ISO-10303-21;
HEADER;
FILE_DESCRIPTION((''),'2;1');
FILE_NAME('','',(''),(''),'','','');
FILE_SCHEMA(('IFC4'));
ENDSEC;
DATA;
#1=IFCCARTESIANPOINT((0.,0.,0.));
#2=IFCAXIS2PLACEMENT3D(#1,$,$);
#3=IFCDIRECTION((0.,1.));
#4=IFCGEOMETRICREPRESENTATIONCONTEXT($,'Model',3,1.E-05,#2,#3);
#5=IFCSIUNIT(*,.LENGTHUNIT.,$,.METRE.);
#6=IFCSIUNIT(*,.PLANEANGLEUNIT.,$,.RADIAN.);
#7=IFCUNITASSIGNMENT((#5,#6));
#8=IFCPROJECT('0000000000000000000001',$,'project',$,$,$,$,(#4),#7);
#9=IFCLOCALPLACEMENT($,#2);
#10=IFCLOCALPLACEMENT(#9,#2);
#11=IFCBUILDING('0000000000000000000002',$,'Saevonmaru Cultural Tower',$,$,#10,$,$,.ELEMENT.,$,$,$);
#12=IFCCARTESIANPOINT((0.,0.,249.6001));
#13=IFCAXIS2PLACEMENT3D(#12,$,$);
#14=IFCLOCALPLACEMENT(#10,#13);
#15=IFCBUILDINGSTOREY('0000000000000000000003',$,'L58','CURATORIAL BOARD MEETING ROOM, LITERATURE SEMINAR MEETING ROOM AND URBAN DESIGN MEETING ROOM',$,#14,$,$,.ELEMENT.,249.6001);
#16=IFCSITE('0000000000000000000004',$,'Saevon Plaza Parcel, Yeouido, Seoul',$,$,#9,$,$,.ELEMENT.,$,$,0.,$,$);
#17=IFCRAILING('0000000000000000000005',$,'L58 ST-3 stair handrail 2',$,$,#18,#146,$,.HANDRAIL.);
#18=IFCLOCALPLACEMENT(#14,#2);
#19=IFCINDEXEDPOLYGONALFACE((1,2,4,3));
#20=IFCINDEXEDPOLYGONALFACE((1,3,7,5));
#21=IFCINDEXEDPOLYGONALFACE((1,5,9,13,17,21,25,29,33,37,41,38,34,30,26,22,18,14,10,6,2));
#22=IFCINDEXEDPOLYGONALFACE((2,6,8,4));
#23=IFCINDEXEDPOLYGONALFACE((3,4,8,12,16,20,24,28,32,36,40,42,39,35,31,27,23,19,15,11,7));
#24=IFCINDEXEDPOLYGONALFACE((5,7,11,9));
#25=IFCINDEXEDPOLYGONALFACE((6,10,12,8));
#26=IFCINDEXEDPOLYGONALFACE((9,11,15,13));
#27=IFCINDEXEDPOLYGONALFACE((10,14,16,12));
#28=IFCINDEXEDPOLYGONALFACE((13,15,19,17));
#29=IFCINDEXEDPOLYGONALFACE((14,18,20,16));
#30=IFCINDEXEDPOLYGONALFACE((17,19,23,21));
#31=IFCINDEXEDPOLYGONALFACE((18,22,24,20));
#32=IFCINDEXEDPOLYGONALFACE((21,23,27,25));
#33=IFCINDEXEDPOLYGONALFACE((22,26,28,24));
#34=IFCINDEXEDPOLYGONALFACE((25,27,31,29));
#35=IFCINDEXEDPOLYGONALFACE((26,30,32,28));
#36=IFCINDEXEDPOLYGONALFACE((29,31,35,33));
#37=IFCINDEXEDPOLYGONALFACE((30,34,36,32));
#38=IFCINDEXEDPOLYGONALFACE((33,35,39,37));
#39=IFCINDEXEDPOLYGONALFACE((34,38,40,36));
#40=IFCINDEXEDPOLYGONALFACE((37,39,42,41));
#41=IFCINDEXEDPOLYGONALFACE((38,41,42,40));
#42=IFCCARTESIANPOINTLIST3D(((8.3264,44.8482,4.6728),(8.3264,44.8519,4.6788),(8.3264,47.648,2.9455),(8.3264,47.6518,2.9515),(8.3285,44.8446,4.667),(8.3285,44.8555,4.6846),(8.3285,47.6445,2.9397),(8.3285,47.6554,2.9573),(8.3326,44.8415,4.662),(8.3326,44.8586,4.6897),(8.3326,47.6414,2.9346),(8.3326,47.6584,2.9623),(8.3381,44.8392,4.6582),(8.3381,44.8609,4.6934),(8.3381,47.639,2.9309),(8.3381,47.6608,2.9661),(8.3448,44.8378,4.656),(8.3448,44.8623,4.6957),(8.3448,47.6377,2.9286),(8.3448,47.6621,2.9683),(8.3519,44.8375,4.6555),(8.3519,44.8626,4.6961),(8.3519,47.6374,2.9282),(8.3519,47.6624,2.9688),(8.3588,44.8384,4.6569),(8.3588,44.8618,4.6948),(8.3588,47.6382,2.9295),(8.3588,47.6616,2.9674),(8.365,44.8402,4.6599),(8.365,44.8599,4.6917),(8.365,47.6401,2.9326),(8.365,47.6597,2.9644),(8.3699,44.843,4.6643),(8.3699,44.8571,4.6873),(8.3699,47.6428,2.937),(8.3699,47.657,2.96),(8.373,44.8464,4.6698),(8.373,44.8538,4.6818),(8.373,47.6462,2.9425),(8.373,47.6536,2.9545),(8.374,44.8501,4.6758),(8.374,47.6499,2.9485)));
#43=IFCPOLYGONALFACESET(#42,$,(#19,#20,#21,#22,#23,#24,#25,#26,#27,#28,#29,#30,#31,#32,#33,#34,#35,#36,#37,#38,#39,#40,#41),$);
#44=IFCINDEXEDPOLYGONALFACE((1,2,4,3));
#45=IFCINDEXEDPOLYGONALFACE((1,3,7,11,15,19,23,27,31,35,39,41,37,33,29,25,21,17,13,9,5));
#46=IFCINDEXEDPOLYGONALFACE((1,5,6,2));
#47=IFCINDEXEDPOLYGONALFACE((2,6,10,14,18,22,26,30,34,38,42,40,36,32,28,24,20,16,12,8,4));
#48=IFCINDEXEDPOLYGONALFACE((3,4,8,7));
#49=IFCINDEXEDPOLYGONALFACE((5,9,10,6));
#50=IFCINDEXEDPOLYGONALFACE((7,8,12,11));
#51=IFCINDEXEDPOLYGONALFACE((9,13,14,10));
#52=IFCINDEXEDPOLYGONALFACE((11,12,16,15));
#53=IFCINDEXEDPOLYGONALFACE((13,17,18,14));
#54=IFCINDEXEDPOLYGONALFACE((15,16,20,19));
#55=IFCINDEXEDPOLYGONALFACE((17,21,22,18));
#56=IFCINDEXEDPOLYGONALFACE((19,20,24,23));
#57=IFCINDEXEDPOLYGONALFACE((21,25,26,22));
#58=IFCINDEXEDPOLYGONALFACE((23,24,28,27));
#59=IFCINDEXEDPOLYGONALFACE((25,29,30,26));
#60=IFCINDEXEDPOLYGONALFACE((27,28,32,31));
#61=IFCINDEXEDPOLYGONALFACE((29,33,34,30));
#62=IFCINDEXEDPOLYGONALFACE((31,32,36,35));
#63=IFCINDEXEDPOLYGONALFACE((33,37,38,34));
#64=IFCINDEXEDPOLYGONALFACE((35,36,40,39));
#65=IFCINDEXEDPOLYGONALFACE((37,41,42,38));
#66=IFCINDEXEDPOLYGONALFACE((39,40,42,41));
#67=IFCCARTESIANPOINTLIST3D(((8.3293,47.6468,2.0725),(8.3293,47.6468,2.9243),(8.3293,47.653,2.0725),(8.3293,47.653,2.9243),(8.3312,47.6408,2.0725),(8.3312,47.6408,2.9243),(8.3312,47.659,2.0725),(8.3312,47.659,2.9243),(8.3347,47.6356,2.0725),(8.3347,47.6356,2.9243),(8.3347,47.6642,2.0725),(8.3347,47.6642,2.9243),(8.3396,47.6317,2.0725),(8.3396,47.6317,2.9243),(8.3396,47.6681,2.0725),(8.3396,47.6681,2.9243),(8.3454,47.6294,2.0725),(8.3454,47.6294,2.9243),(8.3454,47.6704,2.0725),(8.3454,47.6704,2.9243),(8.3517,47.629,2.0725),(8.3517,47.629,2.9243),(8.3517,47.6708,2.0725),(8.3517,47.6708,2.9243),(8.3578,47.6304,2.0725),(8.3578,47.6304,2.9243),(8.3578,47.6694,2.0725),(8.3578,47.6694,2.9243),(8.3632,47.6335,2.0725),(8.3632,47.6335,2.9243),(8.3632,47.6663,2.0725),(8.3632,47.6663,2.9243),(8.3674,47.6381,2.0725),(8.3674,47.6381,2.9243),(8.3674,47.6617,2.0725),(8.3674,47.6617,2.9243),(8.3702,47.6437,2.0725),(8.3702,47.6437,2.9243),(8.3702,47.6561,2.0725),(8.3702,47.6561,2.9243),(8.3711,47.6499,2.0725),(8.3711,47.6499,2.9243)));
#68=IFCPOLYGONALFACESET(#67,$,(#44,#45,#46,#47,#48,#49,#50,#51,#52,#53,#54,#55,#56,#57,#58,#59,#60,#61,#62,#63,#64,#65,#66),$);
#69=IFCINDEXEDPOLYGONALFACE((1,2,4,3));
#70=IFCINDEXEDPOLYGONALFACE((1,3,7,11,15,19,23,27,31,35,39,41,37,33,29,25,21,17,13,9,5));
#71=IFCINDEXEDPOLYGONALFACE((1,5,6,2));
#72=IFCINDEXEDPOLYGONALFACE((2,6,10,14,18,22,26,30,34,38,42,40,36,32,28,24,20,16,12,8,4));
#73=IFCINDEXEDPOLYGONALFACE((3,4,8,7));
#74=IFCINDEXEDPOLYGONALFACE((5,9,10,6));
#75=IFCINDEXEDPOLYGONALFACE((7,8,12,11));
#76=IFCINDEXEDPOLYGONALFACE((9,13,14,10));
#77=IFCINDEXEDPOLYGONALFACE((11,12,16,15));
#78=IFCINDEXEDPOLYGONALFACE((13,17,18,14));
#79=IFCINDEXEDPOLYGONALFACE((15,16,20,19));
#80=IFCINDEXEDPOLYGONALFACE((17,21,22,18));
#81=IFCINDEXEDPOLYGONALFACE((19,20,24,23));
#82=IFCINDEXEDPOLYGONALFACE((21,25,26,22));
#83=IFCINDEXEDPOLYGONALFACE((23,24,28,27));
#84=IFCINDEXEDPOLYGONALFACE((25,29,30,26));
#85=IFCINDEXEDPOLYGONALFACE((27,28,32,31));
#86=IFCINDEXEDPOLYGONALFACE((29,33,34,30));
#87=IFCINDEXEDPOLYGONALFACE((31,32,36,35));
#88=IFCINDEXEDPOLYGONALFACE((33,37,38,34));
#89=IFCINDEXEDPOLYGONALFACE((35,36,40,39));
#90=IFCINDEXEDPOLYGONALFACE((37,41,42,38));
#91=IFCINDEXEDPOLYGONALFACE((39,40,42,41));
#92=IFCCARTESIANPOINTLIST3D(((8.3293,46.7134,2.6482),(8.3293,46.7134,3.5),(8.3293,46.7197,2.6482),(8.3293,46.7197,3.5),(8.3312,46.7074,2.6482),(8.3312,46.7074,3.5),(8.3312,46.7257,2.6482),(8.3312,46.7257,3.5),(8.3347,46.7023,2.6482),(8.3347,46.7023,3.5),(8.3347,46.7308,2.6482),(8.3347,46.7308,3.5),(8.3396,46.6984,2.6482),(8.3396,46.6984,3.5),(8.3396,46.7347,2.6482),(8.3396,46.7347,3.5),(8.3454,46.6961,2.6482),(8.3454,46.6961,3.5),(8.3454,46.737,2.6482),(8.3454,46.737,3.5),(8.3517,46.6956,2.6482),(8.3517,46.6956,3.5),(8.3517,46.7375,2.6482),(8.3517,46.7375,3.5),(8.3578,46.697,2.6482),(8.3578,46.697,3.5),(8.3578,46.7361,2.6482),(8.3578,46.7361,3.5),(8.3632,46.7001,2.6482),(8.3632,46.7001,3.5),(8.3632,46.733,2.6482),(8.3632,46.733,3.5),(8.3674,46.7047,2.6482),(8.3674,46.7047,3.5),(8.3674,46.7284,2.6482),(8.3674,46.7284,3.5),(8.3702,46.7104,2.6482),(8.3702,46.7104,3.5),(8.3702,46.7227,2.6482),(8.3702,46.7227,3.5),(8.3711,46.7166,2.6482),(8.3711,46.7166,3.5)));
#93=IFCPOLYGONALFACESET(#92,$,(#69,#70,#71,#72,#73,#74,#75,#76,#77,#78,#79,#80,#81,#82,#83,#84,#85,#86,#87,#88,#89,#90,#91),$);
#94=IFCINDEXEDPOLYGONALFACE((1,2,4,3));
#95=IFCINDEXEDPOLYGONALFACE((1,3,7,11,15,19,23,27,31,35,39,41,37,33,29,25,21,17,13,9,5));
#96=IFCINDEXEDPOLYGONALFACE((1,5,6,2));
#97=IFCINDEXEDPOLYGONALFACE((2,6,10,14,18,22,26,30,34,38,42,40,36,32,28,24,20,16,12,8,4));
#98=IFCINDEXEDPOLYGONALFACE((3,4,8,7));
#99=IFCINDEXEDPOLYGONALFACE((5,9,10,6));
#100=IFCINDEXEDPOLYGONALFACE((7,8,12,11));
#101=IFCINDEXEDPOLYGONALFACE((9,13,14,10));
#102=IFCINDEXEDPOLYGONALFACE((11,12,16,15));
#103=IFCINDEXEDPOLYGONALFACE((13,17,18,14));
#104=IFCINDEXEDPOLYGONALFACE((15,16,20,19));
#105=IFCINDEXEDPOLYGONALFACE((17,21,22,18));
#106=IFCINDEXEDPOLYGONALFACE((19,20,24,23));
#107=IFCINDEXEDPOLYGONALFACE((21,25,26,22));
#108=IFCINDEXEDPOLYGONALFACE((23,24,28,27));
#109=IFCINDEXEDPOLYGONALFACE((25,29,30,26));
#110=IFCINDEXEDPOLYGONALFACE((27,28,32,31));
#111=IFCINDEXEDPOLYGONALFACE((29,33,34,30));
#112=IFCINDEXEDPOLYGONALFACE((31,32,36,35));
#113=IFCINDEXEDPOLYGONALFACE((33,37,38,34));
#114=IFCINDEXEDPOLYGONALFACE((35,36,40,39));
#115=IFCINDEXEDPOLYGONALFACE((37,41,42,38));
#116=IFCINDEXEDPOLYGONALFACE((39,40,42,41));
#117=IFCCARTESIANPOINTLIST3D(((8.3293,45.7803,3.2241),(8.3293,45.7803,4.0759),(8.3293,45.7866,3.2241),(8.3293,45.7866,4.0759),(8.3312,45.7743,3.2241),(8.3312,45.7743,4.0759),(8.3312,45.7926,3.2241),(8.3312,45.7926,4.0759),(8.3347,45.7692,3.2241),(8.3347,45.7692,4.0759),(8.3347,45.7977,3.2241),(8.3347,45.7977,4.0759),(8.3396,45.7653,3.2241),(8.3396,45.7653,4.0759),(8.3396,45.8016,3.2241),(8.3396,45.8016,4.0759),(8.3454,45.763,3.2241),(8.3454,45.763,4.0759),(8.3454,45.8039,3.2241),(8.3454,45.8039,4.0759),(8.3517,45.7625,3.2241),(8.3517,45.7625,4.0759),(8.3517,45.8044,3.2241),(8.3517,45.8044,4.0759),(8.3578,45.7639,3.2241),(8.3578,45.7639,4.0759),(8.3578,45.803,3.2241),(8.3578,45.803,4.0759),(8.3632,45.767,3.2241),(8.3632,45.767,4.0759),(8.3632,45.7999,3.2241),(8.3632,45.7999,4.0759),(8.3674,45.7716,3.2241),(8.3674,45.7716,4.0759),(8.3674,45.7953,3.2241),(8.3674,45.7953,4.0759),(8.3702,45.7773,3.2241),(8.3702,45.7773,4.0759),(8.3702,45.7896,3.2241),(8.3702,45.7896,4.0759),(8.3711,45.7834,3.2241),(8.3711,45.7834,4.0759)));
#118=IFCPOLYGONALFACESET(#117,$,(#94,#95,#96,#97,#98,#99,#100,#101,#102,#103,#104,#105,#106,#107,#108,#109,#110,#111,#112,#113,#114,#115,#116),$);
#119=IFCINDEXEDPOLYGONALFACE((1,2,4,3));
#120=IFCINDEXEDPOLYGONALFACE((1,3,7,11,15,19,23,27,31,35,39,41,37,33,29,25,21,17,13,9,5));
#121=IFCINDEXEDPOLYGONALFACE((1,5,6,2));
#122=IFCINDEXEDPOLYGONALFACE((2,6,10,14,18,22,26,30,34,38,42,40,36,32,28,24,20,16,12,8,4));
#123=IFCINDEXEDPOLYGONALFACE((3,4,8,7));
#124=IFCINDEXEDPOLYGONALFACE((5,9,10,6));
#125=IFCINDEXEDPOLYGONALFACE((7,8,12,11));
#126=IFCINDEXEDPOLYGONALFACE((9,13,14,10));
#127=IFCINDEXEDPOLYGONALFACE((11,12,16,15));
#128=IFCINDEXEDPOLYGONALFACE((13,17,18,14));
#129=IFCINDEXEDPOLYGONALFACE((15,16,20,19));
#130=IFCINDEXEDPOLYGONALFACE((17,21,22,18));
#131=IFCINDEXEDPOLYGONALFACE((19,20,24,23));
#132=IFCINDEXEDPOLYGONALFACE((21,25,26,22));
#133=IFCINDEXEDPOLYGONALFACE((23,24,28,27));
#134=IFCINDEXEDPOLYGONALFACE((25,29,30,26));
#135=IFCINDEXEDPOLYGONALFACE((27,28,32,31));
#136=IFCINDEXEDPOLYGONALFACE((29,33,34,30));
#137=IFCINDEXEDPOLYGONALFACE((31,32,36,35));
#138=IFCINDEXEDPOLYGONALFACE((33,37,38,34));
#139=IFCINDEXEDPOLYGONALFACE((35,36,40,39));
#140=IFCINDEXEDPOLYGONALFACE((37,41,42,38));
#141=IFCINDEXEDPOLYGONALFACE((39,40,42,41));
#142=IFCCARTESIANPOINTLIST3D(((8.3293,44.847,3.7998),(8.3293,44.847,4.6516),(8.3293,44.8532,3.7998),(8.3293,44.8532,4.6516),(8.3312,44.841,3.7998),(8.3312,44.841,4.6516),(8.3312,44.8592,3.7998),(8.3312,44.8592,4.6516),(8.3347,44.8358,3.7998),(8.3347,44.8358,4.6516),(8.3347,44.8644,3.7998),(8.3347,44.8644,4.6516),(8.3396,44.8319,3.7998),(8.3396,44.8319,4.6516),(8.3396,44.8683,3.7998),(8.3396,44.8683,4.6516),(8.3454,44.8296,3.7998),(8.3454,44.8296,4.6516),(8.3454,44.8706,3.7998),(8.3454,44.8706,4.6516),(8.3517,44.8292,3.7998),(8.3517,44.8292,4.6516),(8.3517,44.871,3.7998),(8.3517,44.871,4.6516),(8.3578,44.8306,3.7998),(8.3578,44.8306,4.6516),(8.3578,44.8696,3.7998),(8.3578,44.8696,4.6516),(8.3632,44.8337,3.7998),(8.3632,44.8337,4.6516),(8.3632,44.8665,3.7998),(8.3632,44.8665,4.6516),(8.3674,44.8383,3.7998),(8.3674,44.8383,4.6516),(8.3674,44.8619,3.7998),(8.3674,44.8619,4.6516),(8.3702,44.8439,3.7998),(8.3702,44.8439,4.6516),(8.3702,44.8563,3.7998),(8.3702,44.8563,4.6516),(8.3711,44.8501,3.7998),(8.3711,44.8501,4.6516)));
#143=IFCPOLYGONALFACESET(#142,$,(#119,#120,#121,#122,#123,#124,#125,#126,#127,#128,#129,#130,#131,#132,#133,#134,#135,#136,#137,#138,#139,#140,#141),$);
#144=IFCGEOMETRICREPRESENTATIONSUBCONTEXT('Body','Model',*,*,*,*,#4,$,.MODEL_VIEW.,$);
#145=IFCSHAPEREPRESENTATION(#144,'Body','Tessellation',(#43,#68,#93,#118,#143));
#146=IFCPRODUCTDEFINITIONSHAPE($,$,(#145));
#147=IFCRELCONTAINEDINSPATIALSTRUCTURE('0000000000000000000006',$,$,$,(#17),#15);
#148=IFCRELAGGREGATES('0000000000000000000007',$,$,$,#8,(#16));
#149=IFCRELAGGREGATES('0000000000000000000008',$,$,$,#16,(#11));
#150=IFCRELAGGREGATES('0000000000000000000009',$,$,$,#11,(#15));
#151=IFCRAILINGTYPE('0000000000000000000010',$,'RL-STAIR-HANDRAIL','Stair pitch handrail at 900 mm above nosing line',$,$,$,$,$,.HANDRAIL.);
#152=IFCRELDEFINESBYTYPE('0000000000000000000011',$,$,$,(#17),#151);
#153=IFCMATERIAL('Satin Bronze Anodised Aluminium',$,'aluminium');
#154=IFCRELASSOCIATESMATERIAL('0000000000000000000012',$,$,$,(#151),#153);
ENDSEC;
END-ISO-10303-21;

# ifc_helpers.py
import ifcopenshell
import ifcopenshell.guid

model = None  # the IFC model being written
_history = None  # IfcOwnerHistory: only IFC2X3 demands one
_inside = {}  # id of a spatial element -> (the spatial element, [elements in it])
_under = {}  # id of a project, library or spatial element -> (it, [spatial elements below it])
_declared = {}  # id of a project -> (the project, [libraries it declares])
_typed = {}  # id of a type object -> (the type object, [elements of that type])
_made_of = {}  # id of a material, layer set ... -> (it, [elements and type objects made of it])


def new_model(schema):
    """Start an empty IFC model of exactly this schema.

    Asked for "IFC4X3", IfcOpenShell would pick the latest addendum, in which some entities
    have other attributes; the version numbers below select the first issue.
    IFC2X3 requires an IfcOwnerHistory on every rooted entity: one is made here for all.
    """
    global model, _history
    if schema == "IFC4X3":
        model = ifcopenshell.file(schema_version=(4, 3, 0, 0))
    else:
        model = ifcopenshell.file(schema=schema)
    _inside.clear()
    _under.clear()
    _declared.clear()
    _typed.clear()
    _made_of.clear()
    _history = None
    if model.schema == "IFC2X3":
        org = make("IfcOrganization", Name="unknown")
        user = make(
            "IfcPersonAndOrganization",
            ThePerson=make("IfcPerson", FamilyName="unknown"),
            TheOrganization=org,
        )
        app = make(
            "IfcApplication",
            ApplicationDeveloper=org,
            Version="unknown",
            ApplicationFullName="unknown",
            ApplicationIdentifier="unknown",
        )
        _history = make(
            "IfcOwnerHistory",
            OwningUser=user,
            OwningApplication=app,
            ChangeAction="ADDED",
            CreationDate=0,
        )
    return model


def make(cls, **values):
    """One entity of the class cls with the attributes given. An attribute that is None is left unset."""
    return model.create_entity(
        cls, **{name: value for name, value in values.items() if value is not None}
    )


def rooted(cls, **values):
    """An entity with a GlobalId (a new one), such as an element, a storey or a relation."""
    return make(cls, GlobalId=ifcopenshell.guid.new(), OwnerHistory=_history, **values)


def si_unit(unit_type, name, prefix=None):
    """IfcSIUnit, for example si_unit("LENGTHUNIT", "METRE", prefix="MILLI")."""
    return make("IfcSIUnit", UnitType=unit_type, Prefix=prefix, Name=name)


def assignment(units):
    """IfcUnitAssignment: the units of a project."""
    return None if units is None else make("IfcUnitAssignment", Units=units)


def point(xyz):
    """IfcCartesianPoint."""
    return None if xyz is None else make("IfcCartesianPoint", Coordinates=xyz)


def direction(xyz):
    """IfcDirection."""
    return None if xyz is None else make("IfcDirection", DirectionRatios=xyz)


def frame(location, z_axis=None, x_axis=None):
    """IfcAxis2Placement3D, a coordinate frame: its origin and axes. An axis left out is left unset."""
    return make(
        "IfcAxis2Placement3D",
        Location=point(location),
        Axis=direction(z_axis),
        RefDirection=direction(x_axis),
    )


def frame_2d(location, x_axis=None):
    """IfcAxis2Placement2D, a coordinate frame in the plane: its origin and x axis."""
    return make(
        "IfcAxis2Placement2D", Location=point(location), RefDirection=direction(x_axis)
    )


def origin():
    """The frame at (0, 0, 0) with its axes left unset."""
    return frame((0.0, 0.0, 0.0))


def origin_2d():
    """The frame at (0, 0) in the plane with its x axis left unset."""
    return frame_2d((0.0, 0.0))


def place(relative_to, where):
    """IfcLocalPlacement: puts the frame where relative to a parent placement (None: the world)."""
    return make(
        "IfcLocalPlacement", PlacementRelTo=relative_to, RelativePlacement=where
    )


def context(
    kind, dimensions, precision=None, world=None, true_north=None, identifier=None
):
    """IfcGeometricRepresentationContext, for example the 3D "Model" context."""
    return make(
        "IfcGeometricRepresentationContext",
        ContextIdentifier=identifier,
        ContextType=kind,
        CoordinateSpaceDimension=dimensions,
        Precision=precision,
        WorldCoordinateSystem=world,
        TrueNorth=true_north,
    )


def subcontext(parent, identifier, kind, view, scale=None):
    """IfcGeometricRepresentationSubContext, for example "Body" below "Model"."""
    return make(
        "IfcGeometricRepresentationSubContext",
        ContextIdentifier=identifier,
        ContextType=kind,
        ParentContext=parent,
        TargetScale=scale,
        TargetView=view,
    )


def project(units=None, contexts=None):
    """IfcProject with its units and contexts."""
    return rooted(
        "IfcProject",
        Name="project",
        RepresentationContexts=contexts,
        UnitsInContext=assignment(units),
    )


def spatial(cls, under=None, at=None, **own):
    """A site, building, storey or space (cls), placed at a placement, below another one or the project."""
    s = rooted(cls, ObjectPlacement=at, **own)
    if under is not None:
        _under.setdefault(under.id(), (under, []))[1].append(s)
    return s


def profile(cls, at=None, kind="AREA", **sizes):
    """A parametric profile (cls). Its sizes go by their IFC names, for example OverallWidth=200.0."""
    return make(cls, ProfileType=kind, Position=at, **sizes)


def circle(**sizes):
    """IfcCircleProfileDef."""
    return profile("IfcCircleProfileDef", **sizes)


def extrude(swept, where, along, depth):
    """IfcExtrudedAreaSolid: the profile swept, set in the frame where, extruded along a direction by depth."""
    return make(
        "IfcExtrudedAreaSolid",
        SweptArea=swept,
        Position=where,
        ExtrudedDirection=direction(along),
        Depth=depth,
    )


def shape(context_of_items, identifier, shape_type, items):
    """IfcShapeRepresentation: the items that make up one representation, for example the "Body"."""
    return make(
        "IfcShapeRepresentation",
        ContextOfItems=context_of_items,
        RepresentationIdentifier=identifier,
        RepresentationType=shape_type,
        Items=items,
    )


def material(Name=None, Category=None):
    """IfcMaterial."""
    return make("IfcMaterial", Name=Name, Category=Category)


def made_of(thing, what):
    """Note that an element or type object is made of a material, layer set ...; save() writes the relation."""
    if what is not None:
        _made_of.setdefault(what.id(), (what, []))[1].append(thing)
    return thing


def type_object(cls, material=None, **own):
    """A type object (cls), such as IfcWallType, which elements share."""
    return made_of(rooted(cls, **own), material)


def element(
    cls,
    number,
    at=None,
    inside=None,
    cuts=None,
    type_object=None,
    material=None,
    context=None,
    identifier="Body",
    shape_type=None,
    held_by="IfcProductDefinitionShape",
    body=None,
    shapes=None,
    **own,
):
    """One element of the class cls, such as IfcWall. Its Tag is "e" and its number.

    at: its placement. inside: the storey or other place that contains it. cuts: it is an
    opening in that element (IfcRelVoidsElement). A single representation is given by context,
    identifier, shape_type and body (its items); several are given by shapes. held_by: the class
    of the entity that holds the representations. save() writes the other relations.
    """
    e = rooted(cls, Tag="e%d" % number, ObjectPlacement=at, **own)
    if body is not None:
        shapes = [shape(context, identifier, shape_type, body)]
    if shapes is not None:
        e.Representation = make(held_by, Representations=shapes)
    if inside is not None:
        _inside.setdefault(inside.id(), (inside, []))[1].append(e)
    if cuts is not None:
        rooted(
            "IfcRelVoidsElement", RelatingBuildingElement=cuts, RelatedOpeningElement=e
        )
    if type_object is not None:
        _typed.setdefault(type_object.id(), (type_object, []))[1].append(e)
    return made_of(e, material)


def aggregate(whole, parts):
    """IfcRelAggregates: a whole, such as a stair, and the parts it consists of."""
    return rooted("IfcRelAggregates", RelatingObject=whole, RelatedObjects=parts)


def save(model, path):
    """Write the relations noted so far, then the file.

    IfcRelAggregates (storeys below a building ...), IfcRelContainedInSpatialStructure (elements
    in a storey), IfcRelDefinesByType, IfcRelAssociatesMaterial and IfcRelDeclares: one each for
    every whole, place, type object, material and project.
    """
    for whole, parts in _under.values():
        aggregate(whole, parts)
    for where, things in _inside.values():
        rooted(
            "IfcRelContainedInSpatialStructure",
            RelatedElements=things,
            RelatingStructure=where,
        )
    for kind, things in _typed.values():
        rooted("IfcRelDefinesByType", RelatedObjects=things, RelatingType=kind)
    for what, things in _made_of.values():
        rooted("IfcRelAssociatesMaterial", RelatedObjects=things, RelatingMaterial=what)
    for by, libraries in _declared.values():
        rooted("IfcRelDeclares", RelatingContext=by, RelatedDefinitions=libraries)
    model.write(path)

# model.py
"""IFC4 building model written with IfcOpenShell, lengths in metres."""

from ifc_helpers import new_model, si_unit, direction, frame, origin, origin_2d, place, context, subcontext, project, spatial, circle, extrude, material, type_object, element, save


model = new_model("IFC4")

# Units and contexts
model_context = context("Model", 3, precision=1e-05, world=origin(), true_north=direction((0.0, 1.0)))
body_context = subcontext(model_context, "Body", "Model", "MODEL_VIEW")
ifc_project = project(units=[si_unit("LENGTHUNIT", "METRE"), si_unit("PLANEANGLEUNIT", "RADIAN")], contexts=[model_context])

# Site, building, storey
site_placement = place(None, origin())
site = spatial("IfcSite", under=ifc_project, at=site_placement, Name="Saevon Plaza Parcel, Yeouido, Seoul", CompositionType="ELEMENT", RefElevation=0.0)
building_placement = place(site_placement, origin())
building = spatial("IfcBuilding", under=site, at=building_placement, Name="Saevonmaru Cultural Tower", CompositionType="ELEMENT")
storey_placement = place(building_placement, frame((0.0, 0.0, 249.6001)))
storey = spatial("IfcBuildingStorey", under=building, at=storey_placement, Name="L58", Description="CURATORIAL BOARD MEETING ROOM, LITERATURE SEMINAR MEETING ROOM AND URBAN DESIGN MEETING ROOM", CompositionType="ELEMENT", Elevation=249.6001)

# Shared definitions
ifc_material_1 = material(Name="Satin Bronze Anodised Aluminium", Category="aluminium")

# Railing
railing_type_1 = type_object("IfcRailingType", Name="RL-STAIR-HANDRAIL", Description="Stair pitch handrail at 900 mm above nosing line", PredefinedType="HANDRAIL", material=ifc_material_1)
railing_1_placement = place(storey_placement, frame((8.3501, 47.6499, 2.0725)))
element("IfcRailing", 1, at=railing_1_placement, inside=storey, type_object=railing_type_1, Name="L58 ST-3 stair handrail 2", PredefinedType="HANDRAIL", context=body_context, shape_type="SweptSolid", body=[
    extrude(circle(Radius=0.0239, at=origin_2d()), frame((0.0, 0.0, 0.876), z_axis=(0.0, -0.851069, 0.525054), x_axis=(1.0, 0.0, 0.0)), (0.0, 0.0, 1.0), 3.2898),
    extrude(circle(Radius=0.021, at=origin_2d()), origin(), (0.0, 0.0, 1.0), 0.8518),
    extrude(circle(Radius=0.021, at=origin_2d()), frame((0.0, -0.9333, 0.5757)), (0.0, 0.0, 1.0), 0.8518),
    extrude(circle(Radius=0.021, at=origin_2d()), frame((0.0, -1.8665, 1.1516)), (0.0, 0.0, 1.0), 0.8518),
    extrude(circle(Radius=0.021, at=origin_2d()), frame((0.0, -2.7998, 1.7273)), (0.0, 0.0, 1.0), 0.8518),
])

save(model, "model.ifc")
